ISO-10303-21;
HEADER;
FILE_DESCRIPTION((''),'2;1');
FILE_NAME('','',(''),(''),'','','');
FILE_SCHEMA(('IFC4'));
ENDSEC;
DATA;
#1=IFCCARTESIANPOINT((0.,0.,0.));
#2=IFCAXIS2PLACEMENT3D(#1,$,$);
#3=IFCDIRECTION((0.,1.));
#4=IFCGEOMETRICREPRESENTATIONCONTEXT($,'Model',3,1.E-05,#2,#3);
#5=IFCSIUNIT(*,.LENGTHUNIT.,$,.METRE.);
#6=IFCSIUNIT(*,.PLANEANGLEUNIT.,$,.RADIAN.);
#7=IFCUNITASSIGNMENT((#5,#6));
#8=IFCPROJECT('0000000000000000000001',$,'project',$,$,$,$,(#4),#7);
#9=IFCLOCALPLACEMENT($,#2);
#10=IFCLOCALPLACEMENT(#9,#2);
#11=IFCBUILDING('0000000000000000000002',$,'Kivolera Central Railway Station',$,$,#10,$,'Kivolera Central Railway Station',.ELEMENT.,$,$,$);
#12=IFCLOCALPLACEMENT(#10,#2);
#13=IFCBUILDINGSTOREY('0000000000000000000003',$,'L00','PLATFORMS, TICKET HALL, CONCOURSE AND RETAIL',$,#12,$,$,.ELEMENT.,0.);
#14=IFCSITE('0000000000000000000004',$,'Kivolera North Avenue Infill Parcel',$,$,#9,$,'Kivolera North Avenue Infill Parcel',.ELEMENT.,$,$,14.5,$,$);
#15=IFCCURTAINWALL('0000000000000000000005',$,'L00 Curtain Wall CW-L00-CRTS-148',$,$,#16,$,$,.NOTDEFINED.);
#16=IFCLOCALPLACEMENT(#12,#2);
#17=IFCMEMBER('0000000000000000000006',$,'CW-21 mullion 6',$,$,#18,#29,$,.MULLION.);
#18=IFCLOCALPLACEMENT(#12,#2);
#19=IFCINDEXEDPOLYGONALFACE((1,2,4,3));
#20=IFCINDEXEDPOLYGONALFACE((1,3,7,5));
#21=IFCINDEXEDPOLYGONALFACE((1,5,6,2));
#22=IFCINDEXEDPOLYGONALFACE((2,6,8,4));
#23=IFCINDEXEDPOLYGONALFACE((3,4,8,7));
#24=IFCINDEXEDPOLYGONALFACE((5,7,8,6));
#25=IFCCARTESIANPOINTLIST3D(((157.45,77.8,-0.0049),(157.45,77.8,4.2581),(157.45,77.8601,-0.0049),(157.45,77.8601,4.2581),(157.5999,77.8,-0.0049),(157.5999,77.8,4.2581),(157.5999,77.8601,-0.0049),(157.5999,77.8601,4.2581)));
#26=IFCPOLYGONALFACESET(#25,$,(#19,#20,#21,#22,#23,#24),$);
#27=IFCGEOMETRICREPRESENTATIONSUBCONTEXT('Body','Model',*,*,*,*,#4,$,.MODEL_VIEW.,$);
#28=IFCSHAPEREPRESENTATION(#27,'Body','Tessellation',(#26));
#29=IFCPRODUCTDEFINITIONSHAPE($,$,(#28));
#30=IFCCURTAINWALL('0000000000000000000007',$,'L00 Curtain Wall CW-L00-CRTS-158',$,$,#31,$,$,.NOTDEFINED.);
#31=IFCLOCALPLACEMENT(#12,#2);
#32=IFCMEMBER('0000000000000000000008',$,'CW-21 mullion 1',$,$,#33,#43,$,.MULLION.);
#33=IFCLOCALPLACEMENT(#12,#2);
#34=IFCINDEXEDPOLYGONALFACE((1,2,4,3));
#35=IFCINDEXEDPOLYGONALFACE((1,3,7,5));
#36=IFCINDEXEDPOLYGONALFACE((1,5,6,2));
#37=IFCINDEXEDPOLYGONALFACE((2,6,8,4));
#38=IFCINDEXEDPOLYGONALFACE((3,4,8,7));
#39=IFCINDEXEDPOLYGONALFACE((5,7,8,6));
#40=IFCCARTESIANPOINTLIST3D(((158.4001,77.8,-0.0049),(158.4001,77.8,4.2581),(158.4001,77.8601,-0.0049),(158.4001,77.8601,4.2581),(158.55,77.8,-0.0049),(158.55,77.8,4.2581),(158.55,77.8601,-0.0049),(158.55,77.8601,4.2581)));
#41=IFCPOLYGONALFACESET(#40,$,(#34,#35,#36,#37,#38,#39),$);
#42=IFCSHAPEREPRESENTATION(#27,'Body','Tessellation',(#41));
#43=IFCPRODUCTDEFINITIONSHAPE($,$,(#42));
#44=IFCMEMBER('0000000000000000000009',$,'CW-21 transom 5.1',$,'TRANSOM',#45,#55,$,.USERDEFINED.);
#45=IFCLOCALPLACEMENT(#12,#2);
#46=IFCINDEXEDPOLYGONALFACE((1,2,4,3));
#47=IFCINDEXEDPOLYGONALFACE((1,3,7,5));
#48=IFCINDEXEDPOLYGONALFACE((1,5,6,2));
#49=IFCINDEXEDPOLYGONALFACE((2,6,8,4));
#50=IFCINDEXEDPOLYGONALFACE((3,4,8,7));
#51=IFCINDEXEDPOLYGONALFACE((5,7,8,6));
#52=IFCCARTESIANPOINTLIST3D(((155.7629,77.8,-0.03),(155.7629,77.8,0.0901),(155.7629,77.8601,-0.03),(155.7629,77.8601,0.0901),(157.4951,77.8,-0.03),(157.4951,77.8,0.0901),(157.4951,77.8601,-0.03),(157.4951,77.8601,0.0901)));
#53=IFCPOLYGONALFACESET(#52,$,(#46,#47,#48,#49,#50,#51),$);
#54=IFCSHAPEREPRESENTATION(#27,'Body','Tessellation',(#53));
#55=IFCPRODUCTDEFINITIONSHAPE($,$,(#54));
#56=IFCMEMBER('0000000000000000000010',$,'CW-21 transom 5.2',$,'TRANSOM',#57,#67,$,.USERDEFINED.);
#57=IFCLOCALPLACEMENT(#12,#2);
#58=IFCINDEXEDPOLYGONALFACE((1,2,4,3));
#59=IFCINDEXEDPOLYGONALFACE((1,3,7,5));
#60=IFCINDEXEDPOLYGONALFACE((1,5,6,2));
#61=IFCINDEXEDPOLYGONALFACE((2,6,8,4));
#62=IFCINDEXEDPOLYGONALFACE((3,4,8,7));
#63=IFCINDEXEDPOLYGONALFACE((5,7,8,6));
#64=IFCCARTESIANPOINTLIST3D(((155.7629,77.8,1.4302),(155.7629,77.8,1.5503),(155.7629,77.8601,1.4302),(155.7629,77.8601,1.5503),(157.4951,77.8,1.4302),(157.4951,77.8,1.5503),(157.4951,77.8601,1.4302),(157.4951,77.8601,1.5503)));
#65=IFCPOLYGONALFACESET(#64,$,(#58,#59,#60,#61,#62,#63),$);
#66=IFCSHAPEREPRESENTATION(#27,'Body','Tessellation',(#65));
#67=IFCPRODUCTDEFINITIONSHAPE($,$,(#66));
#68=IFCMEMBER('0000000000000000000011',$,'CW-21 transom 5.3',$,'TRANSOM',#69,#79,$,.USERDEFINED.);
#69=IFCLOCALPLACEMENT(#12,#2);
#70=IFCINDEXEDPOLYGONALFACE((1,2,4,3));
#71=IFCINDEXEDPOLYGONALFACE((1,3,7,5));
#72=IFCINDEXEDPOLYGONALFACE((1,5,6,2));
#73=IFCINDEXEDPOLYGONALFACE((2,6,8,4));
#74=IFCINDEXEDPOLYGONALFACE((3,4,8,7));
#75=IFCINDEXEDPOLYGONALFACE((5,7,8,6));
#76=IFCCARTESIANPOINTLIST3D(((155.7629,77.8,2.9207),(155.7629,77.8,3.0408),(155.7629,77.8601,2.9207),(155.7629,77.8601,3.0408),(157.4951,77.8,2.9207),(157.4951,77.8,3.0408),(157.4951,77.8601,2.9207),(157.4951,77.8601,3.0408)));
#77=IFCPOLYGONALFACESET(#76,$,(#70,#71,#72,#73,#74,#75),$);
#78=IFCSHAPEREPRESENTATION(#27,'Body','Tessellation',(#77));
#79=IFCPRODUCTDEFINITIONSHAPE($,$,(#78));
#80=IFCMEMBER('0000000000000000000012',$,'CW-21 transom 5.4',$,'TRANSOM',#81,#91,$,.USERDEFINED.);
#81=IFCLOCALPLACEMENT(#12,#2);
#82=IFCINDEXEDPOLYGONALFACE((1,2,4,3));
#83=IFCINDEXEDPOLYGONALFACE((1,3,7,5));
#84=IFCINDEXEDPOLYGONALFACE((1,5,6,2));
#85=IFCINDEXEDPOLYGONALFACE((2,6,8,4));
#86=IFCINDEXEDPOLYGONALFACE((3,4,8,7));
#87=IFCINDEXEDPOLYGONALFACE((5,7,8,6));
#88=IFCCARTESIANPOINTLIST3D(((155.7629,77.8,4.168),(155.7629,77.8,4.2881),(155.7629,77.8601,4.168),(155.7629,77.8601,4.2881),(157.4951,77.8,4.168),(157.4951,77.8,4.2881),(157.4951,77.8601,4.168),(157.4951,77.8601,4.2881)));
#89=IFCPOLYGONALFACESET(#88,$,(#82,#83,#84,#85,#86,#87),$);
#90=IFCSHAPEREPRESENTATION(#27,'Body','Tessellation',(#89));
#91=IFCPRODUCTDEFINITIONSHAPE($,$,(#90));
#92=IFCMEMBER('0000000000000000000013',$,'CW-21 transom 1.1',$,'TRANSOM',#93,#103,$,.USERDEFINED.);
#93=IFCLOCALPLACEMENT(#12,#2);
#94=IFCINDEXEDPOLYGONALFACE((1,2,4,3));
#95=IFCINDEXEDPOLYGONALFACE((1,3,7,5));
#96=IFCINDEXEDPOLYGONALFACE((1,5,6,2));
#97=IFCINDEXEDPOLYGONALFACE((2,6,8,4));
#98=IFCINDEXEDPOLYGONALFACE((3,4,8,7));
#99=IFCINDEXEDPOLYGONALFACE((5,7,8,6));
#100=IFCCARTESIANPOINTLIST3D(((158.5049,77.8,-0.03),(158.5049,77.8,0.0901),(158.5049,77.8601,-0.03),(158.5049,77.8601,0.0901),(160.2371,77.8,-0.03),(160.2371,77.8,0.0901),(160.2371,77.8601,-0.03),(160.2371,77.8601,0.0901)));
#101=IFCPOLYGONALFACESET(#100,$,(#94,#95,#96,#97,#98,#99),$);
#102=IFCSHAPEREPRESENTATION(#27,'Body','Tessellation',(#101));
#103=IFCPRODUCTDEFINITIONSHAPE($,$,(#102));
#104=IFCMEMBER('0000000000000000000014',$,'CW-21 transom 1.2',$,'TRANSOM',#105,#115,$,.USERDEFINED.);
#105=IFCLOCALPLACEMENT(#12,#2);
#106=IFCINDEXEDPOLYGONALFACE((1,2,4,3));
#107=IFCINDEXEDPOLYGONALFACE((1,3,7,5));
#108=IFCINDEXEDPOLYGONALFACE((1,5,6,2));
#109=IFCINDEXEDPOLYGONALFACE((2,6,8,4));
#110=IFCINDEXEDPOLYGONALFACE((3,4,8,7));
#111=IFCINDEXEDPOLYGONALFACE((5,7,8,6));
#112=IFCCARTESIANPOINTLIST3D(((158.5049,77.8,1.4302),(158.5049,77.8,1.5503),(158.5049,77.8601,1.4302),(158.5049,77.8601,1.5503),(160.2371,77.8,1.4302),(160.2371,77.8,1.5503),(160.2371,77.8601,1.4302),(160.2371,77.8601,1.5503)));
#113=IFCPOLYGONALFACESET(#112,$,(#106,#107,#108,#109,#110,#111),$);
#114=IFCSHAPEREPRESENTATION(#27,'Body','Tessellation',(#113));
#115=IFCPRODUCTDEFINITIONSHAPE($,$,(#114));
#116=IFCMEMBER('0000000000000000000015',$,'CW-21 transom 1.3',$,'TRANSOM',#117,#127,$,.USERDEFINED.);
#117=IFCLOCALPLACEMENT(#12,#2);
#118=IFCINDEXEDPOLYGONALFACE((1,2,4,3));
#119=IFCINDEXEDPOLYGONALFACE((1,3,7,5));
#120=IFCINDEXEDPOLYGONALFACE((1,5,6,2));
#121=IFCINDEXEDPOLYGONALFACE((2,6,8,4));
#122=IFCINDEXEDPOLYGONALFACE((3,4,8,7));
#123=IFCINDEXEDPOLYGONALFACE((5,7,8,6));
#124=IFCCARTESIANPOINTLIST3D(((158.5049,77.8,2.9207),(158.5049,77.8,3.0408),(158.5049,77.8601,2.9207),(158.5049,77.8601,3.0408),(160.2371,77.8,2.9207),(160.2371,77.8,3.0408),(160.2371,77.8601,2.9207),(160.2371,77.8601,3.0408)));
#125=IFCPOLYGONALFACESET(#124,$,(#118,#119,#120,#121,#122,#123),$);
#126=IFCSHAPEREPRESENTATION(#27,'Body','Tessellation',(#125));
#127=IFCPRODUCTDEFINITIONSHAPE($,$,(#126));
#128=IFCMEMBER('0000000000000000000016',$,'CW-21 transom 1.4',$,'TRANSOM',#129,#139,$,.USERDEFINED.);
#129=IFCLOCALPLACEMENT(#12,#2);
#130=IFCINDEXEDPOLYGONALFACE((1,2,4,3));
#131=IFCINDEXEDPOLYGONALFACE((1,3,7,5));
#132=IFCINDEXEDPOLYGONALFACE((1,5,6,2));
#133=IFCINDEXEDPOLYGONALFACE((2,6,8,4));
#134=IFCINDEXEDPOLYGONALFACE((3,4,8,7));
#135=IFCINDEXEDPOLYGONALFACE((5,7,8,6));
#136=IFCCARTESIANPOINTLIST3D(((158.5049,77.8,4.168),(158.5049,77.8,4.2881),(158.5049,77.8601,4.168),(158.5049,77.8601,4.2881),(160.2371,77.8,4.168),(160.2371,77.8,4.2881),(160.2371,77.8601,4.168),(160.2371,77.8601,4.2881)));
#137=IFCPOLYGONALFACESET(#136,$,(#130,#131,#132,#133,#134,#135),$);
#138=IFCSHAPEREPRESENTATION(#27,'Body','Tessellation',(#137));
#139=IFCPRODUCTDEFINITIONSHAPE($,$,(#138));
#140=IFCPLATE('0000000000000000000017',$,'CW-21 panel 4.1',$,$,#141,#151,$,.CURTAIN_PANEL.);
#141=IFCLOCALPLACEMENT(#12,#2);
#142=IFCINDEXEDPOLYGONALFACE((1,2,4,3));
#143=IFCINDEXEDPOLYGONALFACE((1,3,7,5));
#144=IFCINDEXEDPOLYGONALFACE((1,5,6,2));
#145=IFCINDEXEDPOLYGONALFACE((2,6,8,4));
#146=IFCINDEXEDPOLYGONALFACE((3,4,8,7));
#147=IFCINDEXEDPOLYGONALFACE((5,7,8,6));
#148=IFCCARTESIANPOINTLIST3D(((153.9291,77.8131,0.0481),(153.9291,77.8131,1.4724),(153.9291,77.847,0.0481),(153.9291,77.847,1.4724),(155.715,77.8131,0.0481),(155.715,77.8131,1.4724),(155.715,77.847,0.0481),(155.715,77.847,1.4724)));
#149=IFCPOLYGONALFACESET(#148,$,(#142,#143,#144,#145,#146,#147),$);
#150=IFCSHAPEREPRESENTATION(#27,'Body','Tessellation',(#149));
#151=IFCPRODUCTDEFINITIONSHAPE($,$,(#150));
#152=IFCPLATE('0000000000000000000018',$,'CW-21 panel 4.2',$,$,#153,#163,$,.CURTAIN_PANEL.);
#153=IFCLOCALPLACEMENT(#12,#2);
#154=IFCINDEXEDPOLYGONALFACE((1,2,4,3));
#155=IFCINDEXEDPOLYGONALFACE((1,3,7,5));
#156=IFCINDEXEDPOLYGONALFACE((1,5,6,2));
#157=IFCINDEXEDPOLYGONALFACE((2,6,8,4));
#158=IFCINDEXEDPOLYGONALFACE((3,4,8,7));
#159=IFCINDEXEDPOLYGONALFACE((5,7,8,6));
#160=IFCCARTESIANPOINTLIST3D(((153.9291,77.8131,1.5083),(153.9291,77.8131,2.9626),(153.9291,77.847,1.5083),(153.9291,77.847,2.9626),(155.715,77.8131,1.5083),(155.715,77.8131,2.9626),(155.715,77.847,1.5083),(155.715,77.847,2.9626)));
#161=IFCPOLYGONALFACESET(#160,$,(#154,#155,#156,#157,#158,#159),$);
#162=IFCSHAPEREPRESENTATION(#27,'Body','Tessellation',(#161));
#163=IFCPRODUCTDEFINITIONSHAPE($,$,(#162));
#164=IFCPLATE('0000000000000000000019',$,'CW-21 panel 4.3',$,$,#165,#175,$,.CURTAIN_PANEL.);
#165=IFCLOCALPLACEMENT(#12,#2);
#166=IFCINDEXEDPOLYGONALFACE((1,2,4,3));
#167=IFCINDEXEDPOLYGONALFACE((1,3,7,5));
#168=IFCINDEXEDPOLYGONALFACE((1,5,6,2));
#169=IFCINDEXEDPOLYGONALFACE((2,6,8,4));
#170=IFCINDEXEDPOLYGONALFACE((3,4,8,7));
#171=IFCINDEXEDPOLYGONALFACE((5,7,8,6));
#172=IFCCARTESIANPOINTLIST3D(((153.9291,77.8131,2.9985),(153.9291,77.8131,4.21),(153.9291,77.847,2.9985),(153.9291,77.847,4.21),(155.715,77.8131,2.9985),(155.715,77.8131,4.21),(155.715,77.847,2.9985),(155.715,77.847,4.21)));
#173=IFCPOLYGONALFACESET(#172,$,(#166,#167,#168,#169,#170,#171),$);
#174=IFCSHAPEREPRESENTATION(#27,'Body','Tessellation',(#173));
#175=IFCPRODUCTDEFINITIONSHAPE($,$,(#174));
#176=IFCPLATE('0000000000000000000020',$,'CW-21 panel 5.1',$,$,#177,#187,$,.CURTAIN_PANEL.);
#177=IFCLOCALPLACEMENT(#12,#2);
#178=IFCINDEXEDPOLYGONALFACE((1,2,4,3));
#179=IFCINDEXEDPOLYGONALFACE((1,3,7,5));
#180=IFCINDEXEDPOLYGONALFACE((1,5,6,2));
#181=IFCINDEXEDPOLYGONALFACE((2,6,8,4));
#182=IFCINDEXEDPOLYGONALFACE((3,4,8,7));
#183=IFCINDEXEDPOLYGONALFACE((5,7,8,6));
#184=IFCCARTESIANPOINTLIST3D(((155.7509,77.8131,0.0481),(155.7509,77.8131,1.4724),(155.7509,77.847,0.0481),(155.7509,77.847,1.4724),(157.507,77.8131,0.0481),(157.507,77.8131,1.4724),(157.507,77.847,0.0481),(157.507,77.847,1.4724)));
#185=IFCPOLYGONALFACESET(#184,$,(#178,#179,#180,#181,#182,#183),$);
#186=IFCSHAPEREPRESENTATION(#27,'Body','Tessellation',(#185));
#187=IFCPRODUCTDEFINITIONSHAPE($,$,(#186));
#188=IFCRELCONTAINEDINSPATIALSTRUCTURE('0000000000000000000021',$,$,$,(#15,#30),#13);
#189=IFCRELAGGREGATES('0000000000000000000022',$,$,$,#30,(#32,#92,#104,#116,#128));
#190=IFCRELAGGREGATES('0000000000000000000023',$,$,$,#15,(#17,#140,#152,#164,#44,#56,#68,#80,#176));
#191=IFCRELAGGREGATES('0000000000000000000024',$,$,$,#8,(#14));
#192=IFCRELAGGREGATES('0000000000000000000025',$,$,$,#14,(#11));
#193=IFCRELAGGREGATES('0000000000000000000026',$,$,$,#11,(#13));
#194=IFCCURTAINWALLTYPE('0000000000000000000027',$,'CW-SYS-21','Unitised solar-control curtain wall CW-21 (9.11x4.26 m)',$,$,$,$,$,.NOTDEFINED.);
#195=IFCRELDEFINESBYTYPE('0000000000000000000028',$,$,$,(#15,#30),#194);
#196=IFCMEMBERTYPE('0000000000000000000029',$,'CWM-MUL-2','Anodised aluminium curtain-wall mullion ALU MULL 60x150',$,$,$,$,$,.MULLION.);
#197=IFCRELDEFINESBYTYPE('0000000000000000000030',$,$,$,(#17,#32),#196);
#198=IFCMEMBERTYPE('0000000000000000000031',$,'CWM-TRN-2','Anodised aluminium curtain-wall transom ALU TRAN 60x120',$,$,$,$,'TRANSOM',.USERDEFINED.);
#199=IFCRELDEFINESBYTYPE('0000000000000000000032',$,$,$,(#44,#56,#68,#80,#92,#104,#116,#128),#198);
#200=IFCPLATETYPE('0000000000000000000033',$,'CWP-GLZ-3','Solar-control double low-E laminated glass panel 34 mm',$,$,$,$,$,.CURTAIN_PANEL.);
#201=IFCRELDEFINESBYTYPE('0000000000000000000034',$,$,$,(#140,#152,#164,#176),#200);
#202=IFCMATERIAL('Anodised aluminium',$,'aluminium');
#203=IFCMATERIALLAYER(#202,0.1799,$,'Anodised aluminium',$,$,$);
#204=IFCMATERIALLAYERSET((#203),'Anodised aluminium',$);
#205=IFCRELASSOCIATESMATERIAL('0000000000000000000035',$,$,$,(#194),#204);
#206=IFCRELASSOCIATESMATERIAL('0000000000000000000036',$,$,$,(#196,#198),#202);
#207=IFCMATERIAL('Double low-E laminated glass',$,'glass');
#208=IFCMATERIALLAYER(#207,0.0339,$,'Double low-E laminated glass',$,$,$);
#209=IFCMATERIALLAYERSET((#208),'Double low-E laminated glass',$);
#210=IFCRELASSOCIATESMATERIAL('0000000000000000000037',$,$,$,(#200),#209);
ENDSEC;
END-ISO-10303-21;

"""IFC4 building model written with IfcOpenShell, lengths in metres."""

from ifc_helpers import new_model, si_unit, direction, frame, origin, origin_2d, place, context, subcontext, project, spatial, rectangle, extrude, material, layer, layer_set, material_profile, profile_set, type_object, element, aggregate, save


model = new_model("IFC4")

# Units and contexts
model_context = context("Model", 3, precision=1e-05, world=origin(), true_north=direction((0.0, 1.0)))
body_context = subcontext(model_context, "Body", "Model", "MODEL_VIEW")
ifc_project = project(units=[si_unit("LENGTHUNIT", "METRE"), si_unit("PLANEANGLEUNIT", "RADIAN")], contexts=[model_context])

# Site, building, storey
site_placement = place(None, origin())
site = spatial("IfcSite", under=ifc_project, at=site_placement, Name="Kivolera North Avenue Infill Parcel", LongName="Kivolera North Avenue Infill Parcel", CompositionType="ELEMENT", RefElevation=14.5)
building_placement = place(site_placement, origin())
building = spatial("IfcBuilding", under=site, at=building_placement, Name="Kivolera Central Railway Station", LongName="Kivolera Central Railway Station", CompositionType="ELEMENT")
storey_placement = place(building_placement, origin())
storey = spatial("IfcBuildingStorey", under=building, at=storey_placement, Name="L00", Description="PLATFORMS, TICKET HALL, CONCOURSE AND RETAIL", CompositionType="ELEMENT", Elevation=0.0)

# Curtain wall, member
ifc_material_1 = material(Name="Anodised aluminium", Category="aluminium")
ifc_layer_1 = layer(ifc_material_1, 0.1799, Name="Anodised aluminium")
ifc_layer_set_1 = layer_set([ifc_layer_1], Name="Anodised aluminium")
curtain_wall_type = type_object("IfcCurtainWallType", Name="CW-SYS-21", Description="Unitised solar-control curtain wall CW-21 (9.11x4.26 m)", PredefinedType="NOTDEFINED", material=ifc_layer_set_1)
curtain_wall_1_placement = place(storey_placement, origin())
curtain_wall_1 = element("IfcCurtainWall", 1, at=curtain_wall_1_placement, inside=storey, type_object=curtain_wall_type, Name="L00 Curtain Wall CW-L00-CRTS-148", PredefinedType="NOTDEFINED")
ifc_material_profile_1 = material_profile(ifc_material_1, rectangle(XDim=0.0601, YDim=0.1499, at=origin_2d()), Name="ALU MULL 60x150")
ifc_profile_set_1 = profile_set([ifc_material_profile_1], Name="Anodised aluminium")
member_type_1 = type_object("IfcMemberType", Name="CWM-MUL-2", Description="Anodised aluminium curtain-wall mullion ALU MULL 60x150", PredefinedType="MULLION", material=ifc_profile_set_1)
member_1_placement = place(storey_placement, frame((157.5249, 77.8301, -0.0049), z_axis=(0.0, 0.0, 1.0), x_axis=(0.0, 1.0, 0.0)))
member_1 = element("IfcMember", 2, at=member_1_placement, type_object=member_type_1, Name="CW-21 mullion 6", PredefinedType="MULLION", context=body_context, shape_type="SweptSolid", body=[
    extrude(rectangle(XDim=0.0601, YDim=0.1499, at=origin_2d()), origin(), (0.0, 0.0, 1.0), 4.2629),
])

# Curtain wall, member
curtain_wall_2_placement = place(storey_placement, origin())
curtain_wall_2 = element("IfcCurtainWall", 3, at=curtain_wall_2_placement, inside=storey, type_object=curtain_wall_type, Name="L00 Curtain Wall CW-L00-CRTS-158", PredefinedType="NOTDEFINED")
member_2_placement = place(storey_placement, frame((158.4751, 77.8301, -0.0049), z_axis=(0.0, 0.0, 1.0), x_axis=(0.0, 1.0, 0.0)))
member_2 = element("IfcMember", 4, at=member_2_placement, type_object=member_type_1, Name="CW-21 mullion 1", PredefinedType="MULLION", context=body_context, shape_type="SweptSolid", body=[
    extrude(rectangle(XDim=0.0601, YDim=0.1499, at=origin_2d()), origin(), (0.0, 0.0, 1.0), 4.2629),
])

# Members
ifc_material_profile_2 = material_profile(ifc_material_1, rectangle(XDim=0.0601, YDim=0.1201, at=origin_2d()), Name="ALU TRAN 60x120")
ifc_profile_set_2 = profile_set([ifc_material_profile_2], Name="Anodised aluminium")
member_type_2 = type_object("IfcMemberType", Name="CWM-TRN-2", Description="Anodised aluminium curtain-wall transom ALU TRAN 60x120", ElementType="TRANSOM", PredefinedType="USERDEFINED", material=ifc_profile_set_2)
member_3_placement = place(storey_placement, frame((155.7629, 77.8301, 0.03), z_axis=(1.0, 0.0, 0.0), x_axis=(0.0, 1.0, 0.0)))
member_3 = element("IfcMember", 5, at=member_3_placement, type_object=member_type_2, Name="CW-21 transom 5.1", ObjectType="TRANSOM", PredefinedType="USERDEFINED", context=body_context, shape_type="SweptSolid", body=[
    extrude(rectangle(XDim=0.0601, YDim=0.1201, at=origin_2d()), origin(), (0.0, 0.0, 1.0), 1.7322),
])
member_4_placement = place(storey_placement, frame((155.7629, 77.8301, 1.4902), z_axis=(1.0, 0.0, 0.0), x_axis=(0.0, 1.0, 0.0)))
member_4 = element("IfcMember", 6, at=member_4_placement, type_object=member_type_2, Name="CW-21 transom 5.2", ObjectType="TRANSOM", PredefinedType="USERDEFINED", context=body_context, shape_type="SweptSolid", body=[
    extrude(rectangle(XDim=0.0601, YDim=0.1201, at=origin_2d()), origin(), (0.0, 0.0, 1.0), 1.7322),
])
member_5_placement = place(storey_placement, frame((155.7629, 77.8301, 2.9807), z_axis=(1.0, 0.0, 0.0), x_axis=(0.0, 1.0, 0.0)))
member_5 = element("IfcMember", 7, at=member_5_placement, type_object=member_type_2, Name="CW-21 transom 5.3", ObjectType="TRANSOM", PredefinedType="USERDEFINED", context=body_context, shape_type="SweptSolid", body=[
    extrude(rectangle(XDim=0.0601, YDim=0.1201, at=origin_2d()), origin(), (0.0, 0.0, 1.0), 1.7322),
])
member_6_placement = place(storey_placement, frame((155.7629, 77.8301, 4.228), z_axis=(1.0, 0.0, 0.0), x_axis=(0.0, 1.0, 0.0)))
member_6 = element("IfcMember", 8, at=member_6_placement, type_object=member_type_2, Name="CW-21 transom 5.4", ObjectType="TRANSOM", PredefinedType="USERDEFINED", context=body_context, shape_type="SweptSolid", body=[
    extrude(rectangle(XDim=0.0601, YDim=0.1201, at=origin_2d()), origin(), (0.0, 0.0, 1.0), 1.7322),
])
member_7_placement = place(storey_placement, frame((158.5049, 77.8301, 0.03), z_axis=(1.0, 0.0, 0.0), x_axis=(0.0, 1.0, 0.0)))
member_7 = element("IfcMember", 9, at=member_7_placement, type_object=member_type_2, Name="CW-21 transom 1.1", ObjectType="TRANSOM", PredefinedType="USERDEFINED", context=body_context, shape_type="SweptSolid", body=[
    extrude(rectangle(XDim=0.0601, YDim=0.1201, at=origin_2d()), origin(), (0.0, 0.0, 1.0), 1.7322),
])
member_8_placement = place(storey_placement, frame((158.5049, 77.8301, 1.4902), z_axis=(1.0, 0.0, 0.0), x_axis=(0.0, 1.0, 0.0)))
member_8 = element("IfcMember", 10, at=member_8_placement, type_object=member_type_2, Name="CW-21 transom 1.2", ObjectType="TRANSOM", PredefinedType="USERDEFINED", context=body_context, shape_type="SweptSolid", body=[
    extrude(rectangle(XDim=0.0601, YDim=0.1201, at=origin_2d()), origin(), (0.0, 0.0, 1.0), 1.7322),
])
member_9_placement = place(storey_placement, frame((158.5049, 77.8301, 2.9807), z_axis=(1.0, 0.0, 0.0), x_axis=(0.0, 1.0, 0.0)))
member_9 = element("IfcMember", 11, at=member_9_placement, type_object=member_type_2, Name="CW-21 transom 1.3", ObjectType="TRANSOM", PredefinedType="USERDEFINED", context=body_context, shape_type="SweptSolid", body=[
    extrude(rectangle(XDim=0.0601, YDim=0.1201, at=origin_2d()), origin(), (0.0, 0.0, 1.0), 1.7322),
])
member_10_placement = place(storey_placement, frame((158.5049, 77.8301, 4.228), z_axis=(1.0, 0.0, 0.0), x_axis=(0.0, 1.0, 0.0)))
member_10 = element("IfcMember", 12, at=member_10_placement, type_object=member_type_2, Name="CW-21 transom 1.4", ObjectType="TRANSOM", PredefinedType="USERDEFINED", context=body_context, shape_type="SweptSolid", body=[
    extrude(rectangle(XDim=0.0601, YDim=0.1201, at=origin_2d()), origin(), (0.0, 0.0, 1.0), 1.7322),
])
aggregate(curtain_wall_2, [member_2, member_7, member_8, member_9, member_10])

# Plates
ifc_material_2 = material(Name="Double low-E laminated glass", Category="glass")
ifc_layer_2 = layer(ifc_material_2, 0.0339, Name="Double low-E laminated glass")
ifc_layer_set_2 = layer_set([ifc_layer_2], Name="Double low-E laminated glass")
plate_type = type_object("IfcPlateType", Name="CWP-GLZ-3", Description="Solar-control double low-E laminated glass panel 34 mm", PredefinedType="CURTAIN_PANEL", material=ifc_layer_set_2)
plate_1_placement = place(storey_placement, frame((154.822, 77.8301, 0.0481), z_axis=(0.0, 0.0, 1.0), x_axis=(1.0, 0.0, 0.0)))
plate_1 = element("IfcPlate", 13, at=plate_1_placement, type_object=plate_type, Name="CW-21 panel 4.1", PredefinedType="CURTAIN_PANEL", context=body_context, shape_type="SweptSolid", body=[
    extrude(rectangle(XDim=1.7859, YDim=0.0339, at=origin_2d()), origin(), (0.0, 0.0, 1.0), 1.4243),
])
plate_2_placement = place(storey_placement, frame((154.822, 77.8301, 1.5083), z_axis=(0.0, 0.0, 1.0), x_axis=(1.0, 0.0, 0.0)))
plate_2 = element("IfcPlate", 14, at=plate_2_placement, type_object=plate_type, Name="CW-21 panel 4.2", PredefinedType="CURTAIN_PANEL", context=body_context, shape_type="SweptSolid", body=[
    extrude(rectangle(XDim=1.7859, YDim=0.0339, at=origin_2d()), origin(), (0.0, 0.0, 1.0), 1.4543),
])
plate_3_placement = place(storey_placement, frame((154.822, 77.8301, 2.9985), z_axis=(0.0, 0.0, 1.0), x_axis=(1.0, 0.0, 0.0)))
plate_3 = element("IfcPlate", 15, at=plate_3_placement, type_object=plate_type, Name="CW-21 panel 4.3", PredefinedType="CURTAIN_PANEL", context=body_context, shape_type="SweptSolid", body=[
    extrude(rectangle(XDim=1.7859, YDim=0.0339, at=origin_2d()), origin(), (0.0, 0.0, 1.0), 1.2114),
])
plate_4_placement = place(storey_placement, frame((156.6289, 77.8301, 0.0481), z_axis=(0.0, 0.0, 1.0), x_axis=(1.0, 0.0, 0.0)))
plate_4 = element("IfcPlate", 16, at=plate_4_placement, type_object=plate_type, Name="CW-21 panel 5.1", PredefinedType="CURTAIN_PANEL", context=body_context, shape_type="SweptSolid", body=[
    extrude(rectangle(XDim=1.7561, YDim=0.0339, at=origin_2d()), origin(), (0.0, 0.0, 1.0), 1.4243),
])
aggregate(curtain_wall_1, [member_1, plate_1, plate_2, plate_3, member_3, member_4, member_5, member_6, plate_4])

save(model, "model.ifc")
